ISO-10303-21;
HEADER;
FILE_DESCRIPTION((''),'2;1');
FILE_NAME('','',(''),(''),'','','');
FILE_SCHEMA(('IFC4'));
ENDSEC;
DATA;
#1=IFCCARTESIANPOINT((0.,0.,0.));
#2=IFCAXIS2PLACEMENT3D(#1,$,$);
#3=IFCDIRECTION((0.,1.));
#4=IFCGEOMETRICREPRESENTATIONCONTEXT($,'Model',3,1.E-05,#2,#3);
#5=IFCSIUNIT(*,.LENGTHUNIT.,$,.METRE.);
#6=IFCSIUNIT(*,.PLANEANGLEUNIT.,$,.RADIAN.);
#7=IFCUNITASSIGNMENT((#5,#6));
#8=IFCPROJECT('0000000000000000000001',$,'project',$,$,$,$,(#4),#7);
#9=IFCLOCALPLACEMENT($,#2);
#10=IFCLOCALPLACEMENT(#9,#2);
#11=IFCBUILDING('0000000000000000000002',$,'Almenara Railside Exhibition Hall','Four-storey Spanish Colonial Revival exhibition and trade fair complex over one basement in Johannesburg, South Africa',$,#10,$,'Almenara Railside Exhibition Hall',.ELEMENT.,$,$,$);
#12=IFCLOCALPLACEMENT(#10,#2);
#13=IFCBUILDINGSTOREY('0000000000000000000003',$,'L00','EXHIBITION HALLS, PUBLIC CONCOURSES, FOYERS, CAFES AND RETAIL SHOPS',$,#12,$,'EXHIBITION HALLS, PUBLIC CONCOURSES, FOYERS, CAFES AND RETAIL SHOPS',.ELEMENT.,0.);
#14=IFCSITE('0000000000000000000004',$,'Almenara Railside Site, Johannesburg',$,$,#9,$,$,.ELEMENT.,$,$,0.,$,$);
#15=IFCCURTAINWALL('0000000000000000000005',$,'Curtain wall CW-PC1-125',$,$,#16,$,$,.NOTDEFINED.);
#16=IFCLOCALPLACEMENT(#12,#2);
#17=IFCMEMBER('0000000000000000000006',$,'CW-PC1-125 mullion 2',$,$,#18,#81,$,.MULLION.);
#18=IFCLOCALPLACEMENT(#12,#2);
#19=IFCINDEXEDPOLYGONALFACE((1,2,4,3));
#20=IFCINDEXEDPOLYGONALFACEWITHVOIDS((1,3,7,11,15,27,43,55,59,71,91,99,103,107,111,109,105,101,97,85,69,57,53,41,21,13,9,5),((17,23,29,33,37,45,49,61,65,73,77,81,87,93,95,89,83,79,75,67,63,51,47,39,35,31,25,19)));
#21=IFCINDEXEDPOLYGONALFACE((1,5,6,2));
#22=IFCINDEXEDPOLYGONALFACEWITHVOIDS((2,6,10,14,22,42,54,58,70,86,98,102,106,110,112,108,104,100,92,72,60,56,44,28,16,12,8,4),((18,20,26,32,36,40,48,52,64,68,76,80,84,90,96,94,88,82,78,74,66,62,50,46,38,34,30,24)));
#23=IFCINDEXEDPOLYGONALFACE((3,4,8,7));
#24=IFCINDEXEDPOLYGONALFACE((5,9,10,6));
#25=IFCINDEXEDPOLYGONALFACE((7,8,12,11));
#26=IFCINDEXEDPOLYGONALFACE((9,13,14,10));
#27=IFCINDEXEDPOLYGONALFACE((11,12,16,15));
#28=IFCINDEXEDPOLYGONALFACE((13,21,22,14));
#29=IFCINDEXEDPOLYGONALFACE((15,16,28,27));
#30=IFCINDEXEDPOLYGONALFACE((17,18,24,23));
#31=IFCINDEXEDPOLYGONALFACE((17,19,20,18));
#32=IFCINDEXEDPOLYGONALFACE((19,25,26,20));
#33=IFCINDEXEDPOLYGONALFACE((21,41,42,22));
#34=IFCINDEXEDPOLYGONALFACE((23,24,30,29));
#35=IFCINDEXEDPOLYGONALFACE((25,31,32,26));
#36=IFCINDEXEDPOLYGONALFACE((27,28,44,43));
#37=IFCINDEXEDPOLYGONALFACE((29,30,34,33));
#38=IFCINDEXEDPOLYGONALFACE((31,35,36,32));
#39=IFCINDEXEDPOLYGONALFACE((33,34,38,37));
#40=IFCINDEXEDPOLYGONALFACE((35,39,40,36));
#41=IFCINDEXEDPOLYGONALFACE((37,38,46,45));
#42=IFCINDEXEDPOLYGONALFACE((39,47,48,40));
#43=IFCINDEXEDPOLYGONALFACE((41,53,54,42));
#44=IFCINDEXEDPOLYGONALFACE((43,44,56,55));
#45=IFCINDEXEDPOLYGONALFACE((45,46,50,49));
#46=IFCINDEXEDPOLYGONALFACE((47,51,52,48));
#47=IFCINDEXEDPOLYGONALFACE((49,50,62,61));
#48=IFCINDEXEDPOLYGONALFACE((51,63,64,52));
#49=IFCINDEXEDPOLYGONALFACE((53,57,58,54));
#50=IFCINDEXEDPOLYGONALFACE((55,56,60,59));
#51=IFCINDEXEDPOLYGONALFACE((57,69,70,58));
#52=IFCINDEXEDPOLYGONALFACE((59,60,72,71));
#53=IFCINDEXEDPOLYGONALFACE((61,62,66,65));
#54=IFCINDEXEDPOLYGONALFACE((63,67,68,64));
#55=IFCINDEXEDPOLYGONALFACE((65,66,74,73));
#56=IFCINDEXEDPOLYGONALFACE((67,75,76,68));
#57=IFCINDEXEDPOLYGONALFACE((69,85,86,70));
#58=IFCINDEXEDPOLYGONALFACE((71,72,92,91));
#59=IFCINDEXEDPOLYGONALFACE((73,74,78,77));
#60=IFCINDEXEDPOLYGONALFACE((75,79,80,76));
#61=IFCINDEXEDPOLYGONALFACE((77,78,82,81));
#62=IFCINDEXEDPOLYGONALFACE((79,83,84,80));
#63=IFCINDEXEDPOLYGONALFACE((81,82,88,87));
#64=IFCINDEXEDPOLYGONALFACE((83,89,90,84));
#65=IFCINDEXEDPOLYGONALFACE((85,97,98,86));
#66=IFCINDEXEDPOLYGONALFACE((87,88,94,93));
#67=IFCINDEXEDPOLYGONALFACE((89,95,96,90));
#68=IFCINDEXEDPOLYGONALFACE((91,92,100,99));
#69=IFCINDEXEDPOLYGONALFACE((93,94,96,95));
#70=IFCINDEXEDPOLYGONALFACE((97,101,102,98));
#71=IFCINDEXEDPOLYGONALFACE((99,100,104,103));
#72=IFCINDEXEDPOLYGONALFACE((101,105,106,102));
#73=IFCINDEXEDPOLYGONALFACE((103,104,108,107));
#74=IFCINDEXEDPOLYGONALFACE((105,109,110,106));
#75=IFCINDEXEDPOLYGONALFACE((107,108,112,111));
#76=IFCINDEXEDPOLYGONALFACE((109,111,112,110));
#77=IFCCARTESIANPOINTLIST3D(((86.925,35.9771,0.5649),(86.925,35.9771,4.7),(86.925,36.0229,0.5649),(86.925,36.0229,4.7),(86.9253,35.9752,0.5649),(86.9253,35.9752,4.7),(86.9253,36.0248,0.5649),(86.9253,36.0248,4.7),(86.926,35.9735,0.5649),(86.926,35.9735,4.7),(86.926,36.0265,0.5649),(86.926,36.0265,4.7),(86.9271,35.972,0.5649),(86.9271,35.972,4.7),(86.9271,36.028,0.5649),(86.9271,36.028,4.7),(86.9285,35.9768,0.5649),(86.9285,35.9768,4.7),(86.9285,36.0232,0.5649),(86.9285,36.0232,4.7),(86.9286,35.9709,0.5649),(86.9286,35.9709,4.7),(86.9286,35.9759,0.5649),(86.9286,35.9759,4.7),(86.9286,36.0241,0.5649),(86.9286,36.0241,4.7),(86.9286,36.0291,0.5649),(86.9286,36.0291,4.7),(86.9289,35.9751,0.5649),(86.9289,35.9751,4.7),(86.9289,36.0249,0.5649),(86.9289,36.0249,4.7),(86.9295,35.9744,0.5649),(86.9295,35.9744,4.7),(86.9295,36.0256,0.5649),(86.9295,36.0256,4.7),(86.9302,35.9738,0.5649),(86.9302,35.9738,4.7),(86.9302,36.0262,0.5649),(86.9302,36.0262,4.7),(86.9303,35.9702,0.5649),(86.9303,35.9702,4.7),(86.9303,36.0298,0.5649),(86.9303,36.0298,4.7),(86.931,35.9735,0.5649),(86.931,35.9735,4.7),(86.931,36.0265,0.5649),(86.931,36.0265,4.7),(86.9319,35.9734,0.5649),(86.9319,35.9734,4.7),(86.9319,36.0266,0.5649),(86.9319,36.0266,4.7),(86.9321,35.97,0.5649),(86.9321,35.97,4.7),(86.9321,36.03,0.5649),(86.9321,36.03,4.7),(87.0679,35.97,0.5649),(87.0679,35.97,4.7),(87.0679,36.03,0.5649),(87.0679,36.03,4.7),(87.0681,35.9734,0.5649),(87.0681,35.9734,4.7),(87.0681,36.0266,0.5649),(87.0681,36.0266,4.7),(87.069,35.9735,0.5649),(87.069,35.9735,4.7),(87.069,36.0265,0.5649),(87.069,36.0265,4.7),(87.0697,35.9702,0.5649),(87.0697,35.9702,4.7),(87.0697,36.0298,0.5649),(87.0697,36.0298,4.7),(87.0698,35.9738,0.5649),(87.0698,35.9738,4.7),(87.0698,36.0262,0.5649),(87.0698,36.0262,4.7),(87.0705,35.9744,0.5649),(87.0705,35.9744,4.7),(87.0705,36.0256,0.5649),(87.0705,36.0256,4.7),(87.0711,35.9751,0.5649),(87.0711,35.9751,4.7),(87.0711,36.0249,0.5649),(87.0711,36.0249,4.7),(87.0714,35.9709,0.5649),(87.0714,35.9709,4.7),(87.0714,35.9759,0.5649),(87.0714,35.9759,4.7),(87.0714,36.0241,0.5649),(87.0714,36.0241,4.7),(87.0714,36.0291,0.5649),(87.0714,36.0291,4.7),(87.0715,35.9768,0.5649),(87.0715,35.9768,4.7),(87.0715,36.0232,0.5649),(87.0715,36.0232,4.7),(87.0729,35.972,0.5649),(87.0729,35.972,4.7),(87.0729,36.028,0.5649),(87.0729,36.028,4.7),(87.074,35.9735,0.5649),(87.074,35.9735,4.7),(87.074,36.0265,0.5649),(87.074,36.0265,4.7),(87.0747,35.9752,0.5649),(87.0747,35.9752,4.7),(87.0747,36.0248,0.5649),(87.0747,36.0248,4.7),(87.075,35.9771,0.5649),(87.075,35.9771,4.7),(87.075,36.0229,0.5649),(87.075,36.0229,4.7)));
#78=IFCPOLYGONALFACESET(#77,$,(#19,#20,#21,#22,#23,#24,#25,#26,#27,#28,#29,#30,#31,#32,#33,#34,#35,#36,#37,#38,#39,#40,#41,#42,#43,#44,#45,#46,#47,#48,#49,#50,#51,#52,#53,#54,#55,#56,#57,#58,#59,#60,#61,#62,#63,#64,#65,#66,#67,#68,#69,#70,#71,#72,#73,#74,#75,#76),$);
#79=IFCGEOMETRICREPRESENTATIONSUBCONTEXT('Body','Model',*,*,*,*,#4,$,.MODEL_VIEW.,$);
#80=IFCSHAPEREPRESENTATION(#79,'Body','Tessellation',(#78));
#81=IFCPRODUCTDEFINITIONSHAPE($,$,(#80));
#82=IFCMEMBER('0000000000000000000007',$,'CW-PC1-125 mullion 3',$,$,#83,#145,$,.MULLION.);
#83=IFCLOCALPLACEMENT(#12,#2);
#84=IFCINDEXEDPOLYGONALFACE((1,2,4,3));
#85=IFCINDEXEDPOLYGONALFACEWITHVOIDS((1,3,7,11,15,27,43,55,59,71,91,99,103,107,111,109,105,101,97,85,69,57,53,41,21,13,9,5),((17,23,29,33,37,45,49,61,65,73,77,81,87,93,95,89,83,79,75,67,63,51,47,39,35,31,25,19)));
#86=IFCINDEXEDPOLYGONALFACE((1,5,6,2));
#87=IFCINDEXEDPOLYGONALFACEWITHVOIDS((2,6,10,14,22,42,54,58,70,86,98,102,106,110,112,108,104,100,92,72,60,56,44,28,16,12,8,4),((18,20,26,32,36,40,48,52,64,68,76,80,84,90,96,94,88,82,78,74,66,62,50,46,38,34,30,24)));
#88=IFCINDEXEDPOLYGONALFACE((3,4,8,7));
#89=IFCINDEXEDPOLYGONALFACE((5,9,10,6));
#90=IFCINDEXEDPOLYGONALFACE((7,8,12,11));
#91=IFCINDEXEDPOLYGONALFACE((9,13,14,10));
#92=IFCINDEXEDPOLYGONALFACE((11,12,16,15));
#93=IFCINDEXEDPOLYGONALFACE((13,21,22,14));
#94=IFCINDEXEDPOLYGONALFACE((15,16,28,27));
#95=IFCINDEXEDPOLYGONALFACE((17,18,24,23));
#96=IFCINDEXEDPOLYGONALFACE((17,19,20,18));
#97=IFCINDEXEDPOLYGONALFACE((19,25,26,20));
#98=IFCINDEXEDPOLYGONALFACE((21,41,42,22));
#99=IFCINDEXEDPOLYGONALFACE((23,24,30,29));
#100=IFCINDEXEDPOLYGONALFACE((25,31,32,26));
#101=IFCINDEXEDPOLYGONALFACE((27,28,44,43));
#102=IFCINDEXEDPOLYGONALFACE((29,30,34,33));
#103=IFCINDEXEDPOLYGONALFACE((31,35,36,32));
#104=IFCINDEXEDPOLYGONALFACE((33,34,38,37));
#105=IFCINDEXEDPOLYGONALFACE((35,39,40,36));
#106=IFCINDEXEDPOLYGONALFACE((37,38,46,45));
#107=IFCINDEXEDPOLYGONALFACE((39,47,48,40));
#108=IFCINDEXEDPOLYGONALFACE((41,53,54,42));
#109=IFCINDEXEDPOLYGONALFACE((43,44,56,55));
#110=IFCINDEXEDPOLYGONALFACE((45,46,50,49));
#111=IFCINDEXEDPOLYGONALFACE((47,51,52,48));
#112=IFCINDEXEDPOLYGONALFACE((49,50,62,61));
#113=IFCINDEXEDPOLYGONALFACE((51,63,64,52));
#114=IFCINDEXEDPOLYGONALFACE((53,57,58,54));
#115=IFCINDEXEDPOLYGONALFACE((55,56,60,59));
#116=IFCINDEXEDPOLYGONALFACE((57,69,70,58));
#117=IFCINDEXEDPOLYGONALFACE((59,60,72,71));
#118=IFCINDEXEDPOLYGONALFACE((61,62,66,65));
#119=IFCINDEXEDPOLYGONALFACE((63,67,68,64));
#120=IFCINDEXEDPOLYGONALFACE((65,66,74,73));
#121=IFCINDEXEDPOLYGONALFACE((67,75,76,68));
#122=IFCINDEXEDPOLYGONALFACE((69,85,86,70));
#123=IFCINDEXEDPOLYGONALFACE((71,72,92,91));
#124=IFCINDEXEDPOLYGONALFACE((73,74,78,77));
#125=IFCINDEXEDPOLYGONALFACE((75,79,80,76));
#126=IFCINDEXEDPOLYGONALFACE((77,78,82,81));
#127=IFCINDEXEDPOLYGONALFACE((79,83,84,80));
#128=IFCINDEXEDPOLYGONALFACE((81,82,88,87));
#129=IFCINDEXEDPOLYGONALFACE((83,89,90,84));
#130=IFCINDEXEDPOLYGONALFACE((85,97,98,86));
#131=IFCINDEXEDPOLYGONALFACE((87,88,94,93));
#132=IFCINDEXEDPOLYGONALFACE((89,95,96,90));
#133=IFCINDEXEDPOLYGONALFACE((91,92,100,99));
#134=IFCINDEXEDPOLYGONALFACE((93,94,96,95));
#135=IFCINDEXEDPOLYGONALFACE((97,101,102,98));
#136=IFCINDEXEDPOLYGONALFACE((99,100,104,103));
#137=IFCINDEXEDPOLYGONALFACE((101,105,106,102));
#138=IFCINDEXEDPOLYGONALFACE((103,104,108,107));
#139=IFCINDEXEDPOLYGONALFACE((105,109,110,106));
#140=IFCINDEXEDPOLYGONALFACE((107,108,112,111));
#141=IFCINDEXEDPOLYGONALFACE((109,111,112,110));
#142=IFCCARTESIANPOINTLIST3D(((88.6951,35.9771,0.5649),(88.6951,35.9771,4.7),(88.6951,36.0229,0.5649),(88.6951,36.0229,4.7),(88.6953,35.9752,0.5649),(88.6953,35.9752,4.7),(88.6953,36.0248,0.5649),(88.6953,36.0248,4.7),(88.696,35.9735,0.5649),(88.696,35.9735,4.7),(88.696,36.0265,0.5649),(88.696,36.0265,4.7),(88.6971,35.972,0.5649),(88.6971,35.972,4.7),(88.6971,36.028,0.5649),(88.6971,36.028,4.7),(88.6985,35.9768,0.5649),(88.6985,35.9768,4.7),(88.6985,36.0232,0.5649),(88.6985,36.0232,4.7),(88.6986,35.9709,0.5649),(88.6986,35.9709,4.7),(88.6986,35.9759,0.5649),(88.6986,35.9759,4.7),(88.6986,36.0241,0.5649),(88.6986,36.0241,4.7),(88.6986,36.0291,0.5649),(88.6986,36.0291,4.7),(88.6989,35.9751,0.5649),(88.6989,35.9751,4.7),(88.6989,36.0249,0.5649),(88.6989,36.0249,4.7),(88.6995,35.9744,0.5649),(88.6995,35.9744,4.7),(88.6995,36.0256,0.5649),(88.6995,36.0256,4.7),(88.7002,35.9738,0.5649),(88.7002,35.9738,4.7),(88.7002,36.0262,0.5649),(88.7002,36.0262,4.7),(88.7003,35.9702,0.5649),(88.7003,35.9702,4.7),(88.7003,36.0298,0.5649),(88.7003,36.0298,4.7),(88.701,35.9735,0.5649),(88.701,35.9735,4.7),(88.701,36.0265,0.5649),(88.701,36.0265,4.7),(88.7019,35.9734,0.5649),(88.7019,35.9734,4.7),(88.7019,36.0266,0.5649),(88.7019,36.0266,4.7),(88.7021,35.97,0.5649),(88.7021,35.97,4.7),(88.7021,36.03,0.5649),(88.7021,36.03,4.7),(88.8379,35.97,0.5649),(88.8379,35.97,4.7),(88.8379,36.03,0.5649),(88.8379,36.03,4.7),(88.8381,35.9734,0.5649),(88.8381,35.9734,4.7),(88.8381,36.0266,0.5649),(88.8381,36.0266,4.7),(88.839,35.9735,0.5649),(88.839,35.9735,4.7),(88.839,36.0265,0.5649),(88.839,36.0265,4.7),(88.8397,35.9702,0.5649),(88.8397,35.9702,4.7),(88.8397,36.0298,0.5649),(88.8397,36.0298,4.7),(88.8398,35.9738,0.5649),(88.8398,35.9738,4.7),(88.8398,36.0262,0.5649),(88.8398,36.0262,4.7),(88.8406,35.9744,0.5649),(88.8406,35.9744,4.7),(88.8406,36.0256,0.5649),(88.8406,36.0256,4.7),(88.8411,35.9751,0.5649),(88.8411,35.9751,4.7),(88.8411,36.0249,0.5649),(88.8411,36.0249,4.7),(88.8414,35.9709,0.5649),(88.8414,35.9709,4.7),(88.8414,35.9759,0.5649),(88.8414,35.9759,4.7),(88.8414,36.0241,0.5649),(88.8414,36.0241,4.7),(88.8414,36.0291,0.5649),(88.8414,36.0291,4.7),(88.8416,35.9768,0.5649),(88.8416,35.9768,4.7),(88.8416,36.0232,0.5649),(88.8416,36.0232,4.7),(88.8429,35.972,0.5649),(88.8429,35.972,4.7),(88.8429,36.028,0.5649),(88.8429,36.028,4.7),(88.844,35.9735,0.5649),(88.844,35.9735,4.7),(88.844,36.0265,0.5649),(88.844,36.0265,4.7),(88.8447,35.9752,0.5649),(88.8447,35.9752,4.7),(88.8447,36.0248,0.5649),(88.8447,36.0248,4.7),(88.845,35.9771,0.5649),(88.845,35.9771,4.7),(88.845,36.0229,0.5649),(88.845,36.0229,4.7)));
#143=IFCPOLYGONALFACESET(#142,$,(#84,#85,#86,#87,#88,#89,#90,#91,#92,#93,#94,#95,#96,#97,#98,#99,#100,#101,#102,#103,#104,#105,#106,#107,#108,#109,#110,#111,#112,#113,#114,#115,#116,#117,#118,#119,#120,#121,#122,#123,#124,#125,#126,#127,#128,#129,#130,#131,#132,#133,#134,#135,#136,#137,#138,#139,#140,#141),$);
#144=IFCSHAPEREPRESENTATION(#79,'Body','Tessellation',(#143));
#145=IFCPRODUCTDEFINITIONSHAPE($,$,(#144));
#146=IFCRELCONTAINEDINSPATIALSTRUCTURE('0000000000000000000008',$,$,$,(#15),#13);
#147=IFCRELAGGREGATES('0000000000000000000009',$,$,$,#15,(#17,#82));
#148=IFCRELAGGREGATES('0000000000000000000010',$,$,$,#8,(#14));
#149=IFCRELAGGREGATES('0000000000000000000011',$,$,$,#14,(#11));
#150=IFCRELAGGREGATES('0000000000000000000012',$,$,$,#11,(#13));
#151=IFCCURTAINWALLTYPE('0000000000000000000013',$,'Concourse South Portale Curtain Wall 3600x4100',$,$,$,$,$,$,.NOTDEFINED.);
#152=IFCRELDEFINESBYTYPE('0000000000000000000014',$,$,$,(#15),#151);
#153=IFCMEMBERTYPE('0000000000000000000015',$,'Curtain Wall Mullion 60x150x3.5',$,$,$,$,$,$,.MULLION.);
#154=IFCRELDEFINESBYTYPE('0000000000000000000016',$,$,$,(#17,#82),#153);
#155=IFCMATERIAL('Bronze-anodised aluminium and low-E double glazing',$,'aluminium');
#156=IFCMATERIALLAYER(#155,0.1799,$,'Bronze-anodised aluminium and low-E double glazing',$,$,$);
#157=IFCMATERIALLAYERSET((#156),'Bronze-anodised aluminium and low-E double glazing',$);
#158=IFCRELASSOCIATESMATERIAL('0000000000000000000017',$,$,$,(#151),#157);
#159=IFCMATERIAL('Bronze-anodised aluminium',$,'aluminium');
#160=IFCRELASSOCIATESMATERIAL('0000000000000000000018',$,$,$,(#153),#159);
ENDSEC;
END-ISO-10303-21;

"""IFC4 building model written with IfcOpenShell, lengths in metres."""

from ifc_helpers import new_model, si_unit, direction, frame, origin, origin_2d, place, context, subcontext, project, spatial, hollow_rectangle, extrude, material, layer, layer_set, material_profile, profile_set, type_object, element, aggregate, save


model = new_model("IFC4")

# Units and contexts
model_context = context("Model", 3, precision=1e-05, world=origin(), true_north=direction((0.0, 1.0)))
body_context = subcontext(model_context, "Body", "Model", "MODEL_VIEW")
ifc_project = project(units=[si_unit("LENGTHUNIT", "METRE"), si_unit("PLANEANGLEUNIT", "RADIAN")], contexts=[model_context])

# Site, building, storey
site_placement = place(None, origin())
site = spatial("IfcSite", under=ifc_project, at=site_placement, Name="Almenara Railside Site, Johannesburg", CompositionType="ELEMENT", RefElevation=0.0)
building_placement = place(site_placement, origin())
building = spatial("IfcBuilding", under=site, at=building_placement, Name="Almenara Railside Exhibition Hall", Description="Four-storey Spanish Colonial Revival exhibition and trade fair complex over one basement in Johannesburg, South Africa", LongName="Almenara Railside Exhibition Hall", CompositionType="ELEMENT")
storey_placement = place(building_placement, origin())
storey = spatial("IfcBuildingStorey", under=building, at=storey_placement, Name="L00", Description="EXHIBITION HALLS, PUBLIC CONCOURSES, FOYERS, CAFES AND RETAIL SHOPS", LongName="EXHIBITION HALLS, PUBLIC CONCOURSES, FOYERS, CAFES AND RETAIL SHOPS", CompositionType="ELEMENT", Elevation=0.0)

# Curtain wall, members
ifc_material_1 = material(Name="Bronze-anodised aluminium and low-E double glazing", Category="aluminium")
ifc_layer_1 = layer(ifc_material_1, 0.1799, Name="Bronze-anodised aluminium and low-E double glazing")
ifc_layer_set_1 = layer_set([ifc_layer_1], Name="Bronze-anodised aluminium and low-E double glazing")
curtain_wall_type = type_object("IfcCurtainWallType", Name="Concourse South Portale Curtain Wall 3600x4100", PredefinedType="NOTDEFINED", material=ifc_layer_set_1)
ifc_material_2 = material(Name="Bronze-anodised aluminium", Category="aluminium")
curtain_wall_1_placement = place(storey_placement, origin())
curtain_wall_1 = element("IfcCurtainWall", 1, at=curtain_wall_1_placement, inside=storey, type_object=curtain_wall_type, Name="Curtain wall CW-PC1-125", PredefinedType="NOTDEFINED")
ifc_material_profile_1 = material_profile(ifc_material_2, hollow_rectangle(XDim=0.0601, YDim=0.1499, WallThickness=0.0034, InnerFilletRadius=0.0034, OuterFilletRadius=0.0071, at=origin_2d()), Name="ALU-MUL 60x150x3.5")
ifc_profile_set_1 = profile_set([ifc_material_profile_1], Name="Bronze-anodised aluminium")
member_type_1 = type_object("IfcMemberType", Name="Curtain Wall Mullion 60x150x3.5", PredefinedType="MULLION", material=ifc_profile_set_1)
member_1_placement = place(storey_placement, frame((87.0, 36.0, 0.5649), z_axis=(0.0, 0.0, 1.0), x_axis=(0.0, 1.0, 0.0)))
member_1 = element("IfcMember", 2, at=member_1_placement, type_object=member_type_1, Name="CW-PC1-125 mullion 2", PredefinedType="MULLION", context=body_context, shape_type="SweptSolid", body=[
    extrude(hollow_rectangle(XDim=0.0601, YDim=0.1499, WallThickness=0.0034, InnerFilletRadius=0.0034, OuterFilletRadius=0.0071, at=origin_2d()), origin(), (0.0, 0.0, 1.0), 4.135),
])
member_2_placement = place(storey_placement, frame((88.77, 36.0, 0.5649), z_axis=(0.0, 0.0, 1.0), x_axis=(0.0, 1.0, 0.0)))
member_2 = element("IfcMember", 3, at=member_2_placement, type_object=member_type_1, Name="CW-PC1-125 mullion 3", PredefinedType="MULLION", context=body_context, shape_type="SweptSolid", body=[
    extrude(hollow_rectangle(XDim=0.0601, YDim=0.1499, WallThickness=0.0034, InnerFilletRadius=0.0034, OuterFilletRadius=0.0071, at=origin_2d()), origin(), (0.0, 0.0, 1.0), 4.135),
])

aggregate(curtain_wall_1, [member_1, member_2])

save(model, "model.ifc")
